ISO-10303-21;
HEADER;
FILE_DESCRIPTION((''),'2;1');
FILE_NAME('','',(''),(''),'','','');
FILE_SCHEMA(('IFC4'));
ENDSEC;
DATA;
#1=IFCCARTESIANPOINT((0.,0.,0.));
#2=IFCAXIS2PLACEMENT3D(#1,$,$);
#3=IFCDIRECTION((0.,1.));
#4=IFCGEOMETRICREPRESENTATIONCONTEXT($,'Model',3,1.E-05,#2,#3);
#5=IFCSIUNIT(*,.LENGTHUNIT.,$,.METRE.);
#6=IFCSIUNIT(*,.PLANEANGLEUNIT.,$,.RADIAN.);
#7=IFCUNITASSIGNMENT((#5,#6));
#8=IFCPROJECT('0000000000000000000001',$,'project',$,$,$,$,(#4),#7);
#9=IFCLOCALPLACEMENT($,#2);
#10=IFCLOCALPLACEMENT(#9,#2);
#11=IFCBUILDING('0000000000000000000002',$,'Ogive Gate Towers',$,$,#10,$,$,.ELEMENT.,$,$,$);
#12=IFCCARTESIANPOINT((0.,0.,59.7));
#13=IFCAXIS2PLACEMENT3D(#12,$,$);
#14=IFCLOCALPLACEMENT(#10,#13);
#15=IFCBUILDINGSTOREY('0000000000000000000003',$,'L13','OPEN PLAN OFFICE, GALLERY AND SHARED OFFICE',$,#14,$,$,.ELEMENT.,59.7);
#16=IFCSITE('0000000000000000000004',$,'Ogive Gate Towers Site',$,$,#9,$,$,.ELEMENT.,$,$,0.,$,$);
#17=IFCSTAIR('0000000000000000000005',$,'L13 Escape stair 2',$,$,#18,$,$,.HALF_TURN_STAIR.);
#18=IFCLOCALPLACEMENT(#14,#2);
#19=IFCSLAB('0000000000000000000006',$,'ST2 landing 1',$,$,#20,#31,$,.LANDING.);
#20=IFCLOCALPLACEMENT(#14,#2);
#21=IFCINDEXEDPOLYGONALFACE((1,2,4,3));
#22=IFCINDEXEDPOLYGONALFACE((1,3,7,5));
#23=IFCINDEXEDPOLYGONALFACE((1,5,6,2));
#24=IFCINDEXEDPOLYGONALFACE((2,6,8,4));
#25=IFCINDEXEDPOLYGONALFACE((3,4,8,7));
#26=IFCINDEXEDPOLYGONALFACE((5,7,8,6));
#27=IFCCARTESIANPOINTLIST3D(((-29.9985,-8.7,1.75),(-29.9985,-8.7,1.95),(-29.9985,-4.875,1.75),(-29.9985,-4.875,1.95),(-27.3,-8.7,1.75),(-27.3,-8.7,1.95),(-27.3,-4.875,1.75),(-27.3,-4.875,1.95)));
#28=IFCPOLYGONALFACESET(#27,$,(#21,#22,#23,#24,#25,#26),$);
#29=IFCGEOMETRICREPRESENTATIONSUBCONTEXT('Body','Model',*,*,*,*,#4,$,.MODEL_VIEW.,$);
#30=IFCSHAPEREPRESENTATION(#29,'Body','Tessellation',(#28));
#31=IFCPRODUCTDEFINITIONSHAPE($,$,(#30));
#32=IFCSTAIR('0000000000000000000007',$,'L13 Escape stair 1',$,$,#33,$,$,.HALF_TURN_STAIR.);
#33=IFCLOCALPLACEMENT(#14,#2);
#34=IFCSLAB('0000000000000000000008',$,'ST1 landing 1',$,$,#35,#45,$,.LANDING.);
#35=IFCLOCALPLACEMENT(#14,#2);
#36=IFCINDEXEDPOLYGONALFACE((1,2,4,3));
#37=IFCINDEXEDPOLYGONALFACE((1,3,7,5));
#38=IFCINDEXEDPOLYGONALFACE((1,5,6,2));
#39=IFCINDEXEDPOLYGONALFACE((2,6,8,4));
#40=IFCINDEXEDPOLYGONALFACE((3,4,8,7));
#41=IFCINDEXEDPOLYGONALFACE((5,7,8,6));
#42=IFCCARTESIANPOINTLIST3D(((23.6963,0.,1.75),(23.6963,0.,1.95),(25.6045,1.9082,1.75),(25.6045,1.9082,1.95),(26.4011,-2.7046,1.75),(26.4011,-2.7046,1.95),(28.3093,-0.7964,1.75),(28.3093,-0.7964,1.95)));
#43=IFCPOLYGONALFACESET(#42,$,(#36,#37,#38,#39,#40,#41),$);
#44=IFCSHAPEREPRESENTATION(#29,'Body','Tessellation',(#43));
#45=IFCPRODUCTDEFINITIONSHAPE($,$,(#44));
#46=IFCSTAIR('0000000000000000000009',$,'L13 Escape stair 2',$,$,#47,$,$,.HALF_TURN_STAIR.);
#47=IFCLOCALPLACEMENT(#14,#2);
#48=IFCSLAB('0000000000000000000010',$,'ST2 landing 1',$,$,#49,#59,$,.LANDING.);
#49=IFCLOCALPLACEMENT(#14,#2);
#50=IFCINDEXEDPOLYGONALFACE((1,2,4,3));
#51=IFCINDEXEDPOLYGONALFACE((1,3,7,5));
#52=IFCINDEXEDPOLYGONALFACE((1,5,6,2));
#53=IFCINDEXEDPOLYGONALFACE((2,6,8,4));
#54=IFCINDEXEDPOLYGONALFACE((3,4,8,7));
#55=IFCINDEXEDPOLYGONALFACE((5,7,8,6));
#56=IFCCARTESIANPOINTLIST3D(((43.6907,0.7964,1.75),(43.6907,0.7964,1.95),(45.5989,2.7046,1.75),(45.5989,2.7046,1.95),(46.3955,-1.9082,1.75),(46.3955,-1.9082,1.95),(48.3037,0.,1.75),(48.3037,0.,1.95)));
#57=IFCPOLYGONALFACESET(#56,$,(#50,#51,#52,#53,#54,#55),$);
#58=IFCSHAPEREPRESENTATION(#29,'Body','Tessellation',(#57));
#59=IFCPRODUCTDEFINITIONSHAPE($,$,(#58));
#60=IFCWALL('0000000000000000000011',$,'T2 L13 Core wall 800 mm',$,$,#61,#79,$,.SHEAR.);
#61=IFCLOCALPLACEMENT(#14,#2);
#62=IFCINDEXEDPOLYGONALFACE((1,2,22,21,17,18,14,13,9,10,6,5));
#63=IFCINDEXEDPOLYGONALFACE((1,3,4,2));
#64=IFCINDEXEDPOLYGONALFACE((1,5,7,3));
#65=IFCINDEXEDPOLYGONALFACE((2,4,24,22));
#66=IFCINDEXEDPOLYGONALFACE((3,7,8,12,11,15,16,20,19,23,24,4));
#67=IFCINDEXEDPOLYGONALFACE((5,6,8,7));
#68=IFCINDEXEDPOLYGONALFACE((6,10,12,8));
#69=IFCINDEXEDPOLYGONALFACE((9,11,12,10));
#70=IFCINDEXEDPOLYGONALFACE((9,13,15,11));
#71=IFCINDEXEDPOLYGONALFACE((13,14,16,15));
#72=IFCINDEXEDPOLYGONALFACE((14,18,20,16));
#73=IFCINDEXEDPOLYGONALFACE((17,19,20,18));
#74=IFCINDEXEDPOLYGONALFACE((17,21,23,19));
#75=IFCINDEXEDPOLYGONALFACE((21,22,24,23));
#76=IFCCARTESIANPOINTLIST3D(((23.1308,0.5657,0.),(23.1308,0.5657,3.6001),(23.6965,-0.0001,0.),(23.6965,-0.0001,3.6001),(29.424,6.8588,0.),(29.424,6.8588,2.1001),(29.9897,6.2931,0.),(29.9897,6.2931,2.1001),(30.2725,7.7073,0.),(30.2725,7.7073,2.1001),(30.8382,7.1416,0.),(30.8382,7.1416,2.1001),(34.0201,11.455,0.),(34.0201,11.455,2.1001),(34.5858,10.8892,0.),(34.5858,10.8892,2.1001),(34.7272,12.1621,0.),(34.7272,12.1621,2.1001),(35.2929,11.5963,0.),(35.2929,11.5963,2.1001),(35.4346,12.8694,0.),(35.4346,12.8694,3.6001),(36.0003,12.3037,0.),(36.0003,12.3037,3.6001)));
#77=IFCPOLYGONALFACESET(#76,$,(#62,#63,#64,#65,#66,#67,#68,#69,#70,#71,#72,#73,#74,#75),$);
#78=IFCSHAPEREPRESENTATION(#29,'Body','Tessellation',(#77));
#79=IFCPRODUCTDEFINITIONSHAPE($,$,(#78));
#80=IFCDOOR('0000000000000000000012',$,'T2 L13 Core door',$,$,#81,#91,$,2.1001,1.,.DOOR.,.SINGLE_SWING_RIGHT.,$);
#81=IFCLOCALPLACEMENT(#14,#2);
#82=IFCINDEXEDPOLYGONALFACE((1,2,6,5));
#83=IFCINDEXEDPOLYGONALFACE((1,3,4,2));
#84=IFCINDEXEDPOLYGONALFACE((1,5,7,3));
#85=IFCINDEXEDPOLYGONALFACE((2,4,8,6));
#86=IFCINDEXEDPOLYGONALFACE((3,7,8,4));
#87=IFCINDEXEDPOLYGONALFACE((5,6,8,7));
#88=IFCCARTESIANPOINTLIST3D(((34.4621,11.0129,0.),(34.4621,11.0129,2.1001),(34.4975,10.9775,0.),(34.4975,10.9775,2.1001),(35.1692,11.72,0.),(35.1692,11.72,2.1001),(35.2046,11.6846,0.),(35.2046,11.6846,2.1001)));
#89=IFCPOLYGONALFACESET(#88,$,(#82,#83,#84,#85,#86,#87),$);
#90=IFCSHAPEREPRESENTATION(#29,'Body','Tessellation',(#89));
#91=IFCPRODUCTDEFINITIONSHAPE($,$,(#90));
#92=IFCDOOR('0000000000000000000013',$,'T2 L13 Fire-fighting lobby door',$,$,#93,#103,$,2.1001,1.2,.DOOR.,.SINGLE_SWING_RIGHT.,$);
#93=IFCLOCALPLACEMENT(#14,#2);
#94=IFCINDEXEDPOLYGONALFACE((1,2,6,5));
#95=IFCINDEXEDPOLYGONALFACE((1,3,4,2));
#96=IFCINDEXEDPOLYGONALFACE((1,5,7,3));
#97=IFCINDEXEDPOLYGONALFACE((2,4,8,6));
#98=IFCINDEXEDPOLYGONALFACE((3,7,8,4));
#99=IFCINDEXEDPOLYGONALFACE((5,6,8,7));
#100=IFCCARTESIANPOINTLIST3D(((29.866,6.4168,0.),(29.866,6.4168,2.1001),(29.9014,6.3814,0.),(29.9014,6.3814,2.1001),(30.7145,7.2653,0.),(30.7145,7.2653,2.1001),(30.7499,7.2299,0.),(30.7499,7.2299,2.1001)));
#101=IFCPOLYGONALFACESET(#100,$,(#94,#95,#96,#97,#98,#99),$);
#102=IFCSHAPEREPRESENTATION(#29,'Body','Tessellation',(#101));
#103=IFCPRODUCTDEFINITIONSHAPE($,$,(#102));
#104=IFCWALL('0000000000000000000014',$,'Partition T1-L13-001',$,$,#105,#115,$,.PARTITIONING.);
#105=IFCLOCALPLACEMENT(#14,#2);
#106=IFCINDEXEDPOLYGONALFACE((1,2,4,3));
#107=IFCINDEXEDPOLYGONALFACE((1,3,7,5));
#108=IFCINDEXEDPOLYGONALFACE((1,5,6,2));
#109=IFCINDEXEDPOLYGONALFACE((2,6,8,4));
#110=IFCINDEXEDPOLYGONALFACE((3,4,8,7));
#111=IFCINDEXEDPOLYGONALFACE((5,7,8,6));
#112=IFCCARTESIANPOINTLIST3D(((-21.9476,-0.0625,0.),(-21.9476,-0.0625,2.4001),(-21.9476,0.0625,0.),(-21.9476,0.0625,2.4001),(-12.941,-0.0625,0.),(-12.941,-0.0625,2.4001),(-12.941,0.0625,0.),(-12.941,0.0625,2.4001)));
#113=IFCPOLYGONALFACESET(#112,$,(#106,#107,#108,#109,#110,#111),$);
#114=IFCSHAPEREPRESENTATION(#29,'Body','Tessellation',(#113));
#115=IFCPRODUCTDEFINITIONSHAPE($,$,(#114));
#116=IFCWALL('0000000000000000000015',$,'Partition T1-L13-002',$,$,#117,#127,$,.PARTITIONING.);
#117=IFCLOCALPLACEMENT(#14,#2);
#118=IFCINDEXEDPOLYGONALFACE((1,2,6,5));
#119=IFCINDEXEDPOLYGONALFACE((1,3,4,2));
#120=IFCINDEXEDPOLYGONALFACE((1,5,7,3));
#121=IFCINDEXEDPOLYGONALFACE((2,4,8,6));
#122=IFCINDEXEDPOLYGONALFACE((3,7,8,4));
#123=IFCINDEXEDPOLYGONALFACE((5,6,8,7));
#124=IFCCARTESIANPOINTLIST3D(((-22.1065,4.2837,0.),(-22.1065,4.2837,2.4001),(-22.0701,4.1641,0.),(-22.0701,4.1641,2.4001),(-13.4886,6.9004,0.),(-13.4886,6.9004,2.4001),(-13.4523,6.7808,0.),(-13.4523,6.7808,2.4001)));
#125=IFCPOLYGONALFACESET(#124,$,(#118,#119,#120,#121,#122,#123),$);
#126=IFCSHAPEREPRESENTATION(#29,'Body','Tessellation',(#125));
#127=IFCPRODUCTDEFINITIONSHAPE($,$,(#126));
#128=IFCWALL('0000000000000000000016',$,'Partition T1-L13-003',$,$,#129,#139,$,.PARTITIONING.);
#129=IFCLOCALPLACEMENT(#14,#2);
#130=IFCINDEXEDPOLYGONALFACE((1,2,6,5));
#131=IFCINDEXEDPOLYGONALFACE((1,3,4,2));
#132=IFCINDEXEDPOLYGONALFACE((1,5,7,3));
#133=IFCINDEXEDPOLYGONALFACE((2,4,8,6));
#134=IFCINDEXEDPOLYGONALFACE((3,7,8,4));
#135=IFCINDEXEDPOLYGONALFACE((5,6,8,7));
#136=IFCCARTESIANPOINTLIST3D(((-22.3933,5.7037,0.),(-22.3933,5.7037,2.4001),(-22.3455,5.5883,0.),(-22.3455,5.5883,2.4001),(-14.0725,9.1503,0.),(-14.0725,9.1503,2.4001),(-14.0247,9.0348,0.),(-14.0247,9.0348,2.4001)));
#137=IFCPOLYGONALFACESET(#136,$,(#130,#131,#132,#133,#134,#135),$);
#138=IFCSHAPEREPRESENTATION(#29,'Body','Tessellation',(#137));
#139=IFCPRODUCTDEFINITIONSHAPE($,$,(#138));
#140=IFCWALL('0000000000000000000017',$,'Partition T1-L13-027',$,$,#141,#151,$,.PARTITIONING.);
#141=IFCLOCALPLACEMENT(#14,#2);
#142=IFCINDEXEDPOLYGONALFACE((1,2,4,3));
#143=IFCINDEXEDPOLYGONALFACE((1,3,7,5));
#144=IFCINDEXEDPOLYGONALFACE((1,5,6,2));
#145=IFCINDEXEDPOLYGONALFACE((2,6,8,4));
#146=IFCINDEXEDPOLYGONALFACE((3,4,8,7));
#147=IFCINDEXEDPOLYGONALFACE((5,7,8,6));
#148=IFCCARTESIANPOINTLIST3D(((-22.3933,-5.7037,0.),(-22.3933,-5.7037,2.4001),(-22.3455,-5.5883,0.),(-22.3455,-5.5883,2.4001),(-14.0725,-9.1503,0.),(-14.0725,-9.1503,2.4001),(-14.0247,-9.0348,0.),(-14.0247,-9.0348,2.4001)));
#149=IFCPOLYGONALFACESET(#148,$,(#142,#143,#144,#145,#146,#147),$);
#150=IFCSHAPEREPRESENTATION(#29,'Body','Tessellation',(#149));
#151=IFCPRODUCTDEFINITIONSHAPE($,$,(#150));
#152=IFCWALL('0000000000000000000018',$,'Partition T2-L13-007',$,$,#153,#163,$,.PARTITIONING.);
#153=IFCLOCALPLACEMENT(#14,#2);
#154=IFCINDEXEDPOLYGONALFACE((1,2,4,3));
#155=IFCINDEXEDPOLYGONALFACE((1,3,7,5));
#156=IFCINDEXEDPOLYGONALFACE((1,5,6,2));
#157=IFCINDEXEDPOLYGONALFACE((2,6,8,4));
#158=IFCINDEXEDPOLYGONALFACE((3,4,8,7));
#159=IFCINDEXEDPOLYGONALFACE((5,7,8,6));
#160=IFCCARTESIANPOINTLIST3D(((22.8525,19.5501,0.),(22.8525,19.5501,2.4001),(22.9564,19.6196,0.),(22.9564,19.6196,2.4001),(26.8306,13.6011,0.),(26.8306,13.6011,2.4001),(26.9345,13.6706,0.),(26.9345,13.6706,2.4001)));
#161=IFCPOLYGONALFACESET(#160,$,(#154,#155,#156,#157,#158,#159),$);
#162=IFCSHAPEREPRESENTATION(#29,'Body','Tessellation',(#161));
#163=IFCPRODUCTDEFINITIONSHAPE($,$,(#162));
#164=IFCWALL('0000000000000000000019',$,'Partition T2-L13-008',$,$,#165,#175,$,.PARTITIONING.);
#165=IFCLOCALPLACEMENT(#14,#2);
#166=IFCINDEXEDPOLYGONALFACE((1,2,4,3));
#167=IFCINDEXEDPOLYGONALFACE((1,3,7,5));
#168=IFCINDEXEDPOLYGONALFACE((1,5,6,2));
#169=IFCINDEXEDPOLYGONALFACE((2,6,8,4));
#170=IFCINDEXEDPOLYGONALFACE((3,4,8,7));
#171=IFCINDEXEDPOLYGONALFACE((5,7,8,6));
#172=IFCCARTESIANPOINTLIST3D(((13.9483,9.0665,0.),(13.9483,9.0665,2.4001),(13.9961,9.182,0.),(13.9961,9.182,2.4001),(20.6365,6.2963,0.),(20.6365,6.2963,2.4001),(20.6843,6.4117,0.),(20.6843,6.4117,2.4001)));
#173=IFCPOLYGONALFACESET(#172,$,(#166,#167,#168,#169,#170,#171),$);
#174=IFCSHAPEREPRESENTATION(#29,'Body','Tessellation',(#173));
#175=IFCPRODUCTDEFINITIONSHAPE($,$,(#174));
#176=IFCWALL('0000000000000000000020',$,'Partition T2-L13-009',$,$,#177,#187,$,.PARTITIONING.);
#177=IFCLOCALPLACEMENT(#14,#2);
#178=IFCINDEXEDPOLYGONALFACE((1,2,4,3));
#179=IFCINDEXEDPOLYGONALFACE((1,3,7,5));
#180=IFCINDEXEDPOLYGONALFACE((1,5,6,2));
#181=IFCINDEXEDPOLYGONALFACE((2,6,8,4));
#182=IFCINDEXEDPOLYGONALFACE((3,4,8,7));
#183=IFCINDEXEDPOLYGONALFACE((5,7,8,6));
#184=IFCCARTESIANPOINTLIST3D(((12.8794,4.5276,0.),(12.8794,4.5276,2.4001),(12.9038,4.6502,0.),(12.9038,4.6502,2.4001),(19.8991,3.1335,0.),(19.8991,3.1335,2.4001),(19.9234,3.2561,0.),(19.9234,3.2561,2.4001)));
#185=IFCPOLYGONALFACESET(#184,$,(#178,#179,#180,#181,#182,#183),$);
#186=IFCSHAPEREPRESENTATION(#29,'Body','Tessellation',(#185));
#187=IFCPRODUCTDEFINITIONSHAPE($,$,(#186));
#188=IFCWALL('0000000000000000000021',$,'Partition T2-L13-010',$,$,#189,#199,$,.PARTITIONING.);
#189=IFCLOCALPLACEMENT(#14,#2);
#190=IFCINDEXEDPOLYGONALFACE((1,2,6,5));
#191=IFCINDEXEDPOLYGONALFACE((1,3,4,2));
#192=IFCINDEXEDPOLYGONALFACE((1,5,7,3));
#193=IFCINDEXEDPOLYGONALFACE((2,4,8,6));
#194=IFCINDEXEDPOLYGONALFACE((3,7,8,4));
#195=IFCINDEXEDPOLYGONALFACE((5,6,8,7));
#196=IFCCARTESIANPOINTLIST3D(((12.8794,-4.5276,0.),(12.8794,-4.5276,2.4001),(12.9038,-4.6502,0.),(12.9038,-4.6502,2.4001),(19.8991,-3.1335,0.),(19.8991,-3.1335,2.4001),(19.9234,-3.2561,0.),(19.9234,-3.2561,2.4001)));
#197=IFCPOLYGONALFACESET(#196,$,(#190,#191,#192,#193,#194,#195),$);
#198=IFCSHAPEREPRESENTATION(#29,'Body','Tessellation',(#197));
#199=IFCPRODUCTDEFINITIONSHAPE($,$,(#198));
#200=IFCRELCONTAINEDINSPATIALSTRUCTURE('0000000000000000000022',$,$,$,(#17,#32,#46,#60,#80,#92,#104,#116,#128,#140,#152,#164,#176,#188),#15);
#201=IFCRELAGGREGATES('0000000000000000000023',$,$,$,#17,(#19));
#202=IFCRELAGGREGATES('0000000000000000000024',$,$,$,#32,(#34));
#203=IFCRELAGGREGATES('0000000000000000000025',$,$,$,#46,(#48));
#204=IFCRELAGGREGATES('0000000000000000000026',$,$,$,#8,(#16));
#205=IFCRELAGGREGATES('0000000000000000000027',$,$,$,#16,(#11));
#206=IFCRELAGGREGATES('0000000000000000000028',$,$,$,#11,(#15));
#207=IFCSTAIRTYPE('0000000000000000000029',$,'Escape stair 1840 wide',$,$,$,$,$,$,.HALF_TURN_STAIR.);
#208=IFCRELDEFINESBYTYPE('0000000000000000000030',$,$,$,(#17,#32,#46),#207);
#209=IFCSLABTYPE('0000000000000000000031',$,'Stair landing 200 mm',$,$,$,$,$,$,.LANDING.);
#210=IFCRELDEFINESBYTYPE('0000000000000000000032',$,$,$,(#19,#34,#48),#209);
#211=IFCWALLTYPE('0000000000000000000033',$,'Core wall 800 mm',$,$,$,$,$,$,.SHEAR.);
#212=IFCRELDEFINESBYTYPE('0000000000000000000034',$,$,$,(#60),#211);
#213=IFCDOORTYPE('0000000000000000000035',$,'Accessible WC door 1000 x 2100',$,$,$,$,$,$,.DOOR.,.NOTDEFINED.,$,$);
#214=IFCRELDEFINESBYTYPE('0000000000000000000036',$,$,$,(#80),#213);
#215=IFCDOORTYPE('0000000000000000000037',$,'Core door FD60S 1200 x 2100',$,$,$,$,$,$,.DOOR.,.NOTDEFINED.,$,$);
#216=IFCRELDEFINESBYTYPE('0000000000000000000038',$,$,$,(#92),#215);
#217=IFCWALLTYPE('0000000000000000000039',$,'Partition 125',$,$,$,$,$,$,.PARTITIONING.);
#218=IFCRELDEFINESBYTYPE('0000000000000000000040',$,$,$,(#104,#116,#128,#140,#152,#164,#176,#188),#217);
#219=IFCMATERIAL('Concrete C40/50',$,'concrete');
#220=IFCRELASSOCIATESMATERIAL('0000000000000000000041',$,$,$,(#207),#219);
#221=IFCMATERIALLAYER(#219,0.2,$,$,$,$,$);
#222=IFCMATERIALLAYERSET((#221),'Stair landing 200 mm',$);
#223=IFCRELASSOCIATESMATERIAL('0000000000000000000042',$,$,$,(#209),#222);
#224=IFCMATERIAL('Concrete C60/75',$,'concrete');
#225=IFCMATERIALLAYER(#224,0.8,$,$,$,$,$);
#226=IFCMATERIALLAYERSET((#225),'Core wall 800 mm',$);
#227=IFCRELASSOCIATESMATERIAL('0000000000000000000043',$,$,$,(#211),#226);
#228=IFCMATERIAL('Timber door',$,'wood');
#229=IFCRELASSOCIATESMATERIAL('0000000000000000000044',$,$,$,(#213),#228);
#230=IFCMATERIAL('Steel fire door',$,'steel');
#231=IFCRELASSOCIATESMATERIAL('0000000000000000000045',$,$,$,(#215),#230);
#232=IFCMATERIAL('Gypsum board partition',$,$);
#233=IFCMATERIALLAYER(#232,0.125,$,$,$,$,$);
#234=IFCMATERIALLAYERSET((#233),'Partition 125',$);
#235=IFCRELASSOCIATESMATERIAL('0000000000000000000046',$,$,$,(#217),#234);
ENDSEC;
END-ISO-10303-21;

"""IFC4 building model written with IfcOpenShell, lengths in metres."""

from ifc_helpers import new_model, si_unit, direction, frame, frame_2d, origin, place, context, subcontext, project, spatial, polyline, rectangle, outline, extrude, material, layer, layer_set, type_object, element, fill, aggregate, save


model = new_model("IFC4")

# Units and contexts
model_context = context("Model", 3, precision=1e-05, world=origin(), true_north=direction((0.0, 1.0)))
body_context = subcontext(model_context, "Body", "Model", "MODEL_VIEW")
ifc_project = project(units=[si_unit("LENGTHUNIT", "METRE"), si_unit("PLANEANGLEUNIT", "RADIAN")], contexts=[model_context])

# Site, building, storey
site_placement = place(None, origin())
site = spatial("IfcSite", under=ifc_project, at=site_placement, Name="Ogive Gate Towers Site", CompositionType="ELEMENT", RefElevation=0.0)
building_placement = place(site_placement, origin())
building = spatial("IfcBuilding", under=site, at=building_placement, Name="Ogive Gate Towers", CompositionType="ELEMENT")
storey_placement = place(building_placement, frame((0.0, 0.0, 59.7)))
storey = spatial("IfcBuildingStorey", under=building, at=storey_placement, Name="L13", Description="OPEN PLAN OFFICE, GALLERY AND SHARED OFFICE", CompositionType="ELEMENT", Elevation=59.7)

# Shared definitions
ifc_material_1 = material(Name="Concrete C40/50", Category="concrete")

# Stairs, slabs
stair_type = type_object("IfcStairType", Name="Escape stair 1840 wide", PredefinedType="HALF_TURN_STAIR", material=ifc_material_1)
ifc_layer_1 = layer(ifc_material_1, 0.2)
ifc_layer_set_1 = layer_set([ifc_layer_1], Name="Stair landing 200 mm")
slab_type_1 = type_object("IfcSlabType", Name="Stair landing 200 mm", PredefinedType="LANDING", material=ifc_layer_set_1)
stair_1_placement = place(storey_placement, origin())
stair_1 = element("IfcStair", 1, at=stair_1_placement, inside=storey, type_object=stair_type, Name="L13 Escape stair 2", PredefinedType="HALF_TURN_STAIR")
slab_1_placement = place(storey_placement, frame((0.0, 0.0, 1.75)))
slab_1 = element("IfcSlab", 2, at=slab_1_placement, type_object=slab_type_1, Name="ST2 landing 1", PredefinedType="LANDING", context=body_context, shape_type="SweptSolid", body=[
    extrude(outline(polyline([(-29.9985, -8.7), (-27.3, -8.7), (-27.3, -4.875), (-29.9985, -4.875), (-29.9985, -8.7)])), origin(), (0.0, 0.0, 1.0), 0.2),
])
aggregate(stair_1, [slab_1])
stair_2_placement = place(storey_placement, origin())
stair_2 = element("IfcStair", 3, at=stair_2_placement, inside=storey, type_object=stair_type, Name="L13 Escape stair 1", PredefinedType="HALF_TURN_STAIR")
slab_2_placement = place(storey_placement, frame((0.0, 0.0, 1.75)))
slab_2 = element("IfcSlab", 4, at=slab_2_placement, type_object=slab_type_1, Name="ST1 landing 1", PredefinedType="LANDING", context=body_context, shape_type="SweptSolid", body=[
    extrude(outline(polyline([(25.6045, 1.9082), (23.6963, 0.0), (26.4011, -2.7046), (28.3093, -0.7964), (25.6045, 1.9082)])), origin(), (0.0, 0.0, 1.0), 0.2),
])
aggregate(stair_2, [slab_2])
stair_3_placement = place(storey_placement, origin())
stair_3 = element("IfcStair", 5, at=stair_3_placement, inside=storey, type_object=stair_type, Name="L13 Escape stair 2", PredefinedType="HALF_TURN_STAIR")
slab_3_placement = place(storey_placement, frame((0.0, 0.0, 1.75)))
slab_3 = element("IfcSlab", 6, at=slab_3_placement, type_object=slab_type_1, Name="ST2 landing 1", PredefinedType="LANDING", context=body_context, shape_type="SweptSolid", body=[
    extrude(outline(polyline([(46.3955, -1.9082), (48.3037, 0.0), (45.5989, 2.7046), (43.6907, 0.7964), (46.3955, -1.9082)])), origin(), (0.0, 0.0, 1.0), 0.2),
])
aggregate(stair_3, [slab_3])

# Wall, openings, doors
ifc_material_2 = material(Name="Concrete C60/75", Category="concrete")
ifc_layer_2 = layer(ifc_material_2, 0.8)
ifc_layer_set_2 = layer_set([ifc_layer_2], Name="Core wall 800 mm")
wall_type_1 = type_object("IfcWallType", Name="Core wall 800 mm", PredefinedType="SHEAR", material=ifc_layer_set_2)
wall_1_placement = place(storey_placement, frame((23.4136, 0.2827, 0.0), z_axis=(0.0, 0.0, 1.0), x_axis=(0.707107, 0.707107, 0.0)))
wall_1 = element("IfcWall", 7, at=wall_1_placement, inside=storey, type_object=wall_type_1, Name="T2 L13 Core wall 800 mm", PredefinedType="SHEAR", context=body_context, shape_type="SweptSolid", body=[
    extrude(rectangle(XDim=17.4001, YDim=0.8, at=frame_2d((8.7002, 0.0))), origin(), (0.0, 0.0, 1.0), 3.6001),
])
opening_1_placement = place(wall_1_placement, frame((8.8999, 0.0, 0.0)))
opening_1 = element("IfcOpeningElement", 8, at=opening_1_placement, cuts=wall_1, PredefinedType="OPENING", context=body_context, shape_type="SweptSolid", body=[
    extrude(rectangle(XDim=1.2, YDim=2.1001, at=frame_2d((0.6001, 1.05))), frame((0.0, 0.4102, 0.0), z_axis=(0.0, -1.0, 0.0), x_axis=(1.0, 0.0, 0.0)), (0.0, 0.0, 1.0), 0.8201),
])
opening_2_placement = place(wall_1_placement, frame((15.3999, 0.0, 0.0)))
opening_2 = element("IfcOpeningElement", 9, at=opening_2_placement, cuts=wall_1, PredefinedType="OPENING", context=body_context, shape_type="SweptSolid", body=[
    extrude(rectangle(XDim=1.0, YDim=2.1001, at=frame_2d((0.5, 1.05))), frame((0.0, 0.4102, 0.0), z_axis=(0.0, -1.0, 0.0), x_axis=(1.0, 0.0, 0.0)), (0.0, 0.0, 1.0), 0.8201),
])
ifc_material_3 = material(Name="Timber door", Category="wood")
door_type_1 = type_object("IfcDoorType", Name="Accessible WC door 1000 x 2100", OperationType="NOTDEFINED", PredefinedType="DOOR", material=ifc_material_3)
door_1_placement = place(opening_2_placement, origin())
door_1 = element("IfcDoor", 10, at=door_1_placement, inside=storey, type_object=door_type_1, Name="T2 L13 Core door", OperationType="SINGLE_SWING_RIGHT", OverallHeight=2.1001, OverallWidth=1.0, PredefinedType="DOOR", context=body_context, shape_type="SweptSolid", body=[
    extrude(rectangle(XDim=1.0, YDim=2.1001, at=frame_2d((0.5, 1.05))), frame((0.0, -0.2251, 0.0), z_axis=(0.0, -1.0, 0.0), x_axis=(1.0, 0.0, 0.0)), (0.0, 0.0, 1.0), 0.05),
])
fill(opening_2, door_1)
ifc_material_4 = material(Name="Steel fire door", Category="steel")
door_type_2 = type_object("IfcDoorType", Name="Core door FD60S 1200 x 2100", OperationType="NOTDEFINED", PredefinedType="DOOR", material=ifc_material_4)
door_2_placement = place(opening_1_placement, origin())
door_2 = element("IfcDoor", 11, at=door_2_placement, inside=storey, type_object=door_type_2, Name="T2 L13 Fire-fighting lobby door", OperationType="SINGLE_SWING_RIGHT", OverallHeight=2.1001, OverallWidth=1.2, PredefinedType="DOOR", context=body_context, shape_type="SweptSolid", body=[
    extrude(rectangle(XDim=1.2, YDim=2.1001, at=frame_2d((0.6001, 1.05))), frame((0.0, -0.2251, 0.0), z_axis=(0.0, -1.0, 0.0), x_axis=(1.0, 0.0, 0.0)), (0.0, 0.0, 1.0), 0.05),
])
fill(opening_1, door_2)

# Walls
ifc_material_5 = material(Name="Gypsum board partition")
ifc_layer_3 = layer(ifc_material_5, 0.125)
ifc_layer_set_3 = layer_set([ifc_layer_3], Name="Partition 125")
wall_type_2 = type_object("IfcWallType", Name="Partition 125", PredefinedType="PARTITIONING", material=ifc_layer_set_3)
wall_2_placement = place(storey_placement, frame((-12.9409, 0.0, 0.0), z_axis=(0.0, 0.0, 1.0), x_axis=(-1.0, 0.0, 0.0)))
element("IfcWall", 12, at=wall_2_placement, inside=storey, type_object=wall_type_2, Name="Partition T1-L13-001", PredefinedType="PARTITIONING", context=body_context, shape_type="SweptSolid", body=[
    extrude(rectangle(XDim=9.0066, YDim=0.125, at=frame_2d((4.5034, 0.0))), origin(), (0.0, 0.0, 1.0), 2.4001),
])
for number, where, z_axis, x_axis, name in (
    (13, (-13.4705, 6.8406, 0.0), (0.0, 0.0, 1.0), (-0.956864, -0.290537, 0.0), "Partition T1-L13-002"),
    (14, (-14.0486, 9.0925, 0.0), (0.0, 0.0, 1.0), (-0.923882, -0.382678, 0.0), "Partition T1-L13-003"),
    (15, (-14.0486, -9.0925, 0.0), (0.0, 0.0, 1.0), (-0.923882, 0.382678, 0.0), "Partition T1-L13-027"),
):
    element("IfcWall", number, at=place(storey_placement, frame(where, z_axis=z_axis, x_axis=x_axis)), inside=storey, type_object=wall_type_2, Name=name, PredefinedType="PARTITIONING", context=body_context, shape_type="SweptSolid", body=[
        extrude(rectangle(XDim=9.0063, YDim=0.125, at=frame_2d((4.5032, 0.0))), origin(), (0.0, 0.0, 1.0), 2.4001),
    ])
wall_3_placement = place(storey_placement, frame((22.9045, 19.5847, 0.0), z_axis=(0.0, 0.0, 1.0), x_axis=(0.555865, -0.831273, 0.0)))
element("IfcWall", 16, at=wall_3_placement, inside=storey, type_object=wall_type_2, Name="Partition T2-L13-007", PredefinedType="PARTITIONING", context=body_context, shape_type="SweptSolid", body=[
    extrude(rectangle(XDim=7.1565, YDim=0.125, at=frame_2d((3.5781, 0.0))), origin(), (0.0, 0.0, 1.0), 2.4001),
])
wall_4_placement = place(storey_placement, frame((13.9722, 9.1243, 0.0), z_axis=(0.0, 0.0, 1.0), x_axis=(0.923884, -0.382672, 0.0)))
element("IfcWall", 17, at=wall_4_placement, inside=storey, type_object=wall_type_2, Name="Partition T2-L13-008", PredefinedType="PARTITIONING", context=body_context, shape_type="SweptSolid", body=[
    extrude(rectangle(XDim=7.2393, YDim=0.125, at=frame_2d((3.6196, 0.0))), origin(), (0.0, 0.0, 1.0), 2.4001),
])
for number, where, z_axis, x_axis, name in (
    (18, (12.8916, 4.5889, 0.0), (0.0, 0.0, 1.0), (0.980845, -0.194791, 0.0), "Partition T2-L13-009"),
    (19, (12.8916, -4.5889, 0.0), (0.0, 0.0, 1.0), (0.980845, 0.194791, 0.0), "Partition T2-L13-010"),
):
    element("IfcWall", number, at=place(storey_placement, frame(where, z_axis=z_axis, x_axis=x_axis)), inside=storey, type_object=wall_type_2, Name=name, PredefinedType="PARTITIONING", context=body_context, shape_type="SweptSolid", body=[
        extrude(rectangle(XDim=7.1567, YDim=0.125, at=frame_2d((3.5784, 0.0))), origin(), (0.0, 0.0, 1.0), 2.4001),
    ])

save(model, "model.ifc")
